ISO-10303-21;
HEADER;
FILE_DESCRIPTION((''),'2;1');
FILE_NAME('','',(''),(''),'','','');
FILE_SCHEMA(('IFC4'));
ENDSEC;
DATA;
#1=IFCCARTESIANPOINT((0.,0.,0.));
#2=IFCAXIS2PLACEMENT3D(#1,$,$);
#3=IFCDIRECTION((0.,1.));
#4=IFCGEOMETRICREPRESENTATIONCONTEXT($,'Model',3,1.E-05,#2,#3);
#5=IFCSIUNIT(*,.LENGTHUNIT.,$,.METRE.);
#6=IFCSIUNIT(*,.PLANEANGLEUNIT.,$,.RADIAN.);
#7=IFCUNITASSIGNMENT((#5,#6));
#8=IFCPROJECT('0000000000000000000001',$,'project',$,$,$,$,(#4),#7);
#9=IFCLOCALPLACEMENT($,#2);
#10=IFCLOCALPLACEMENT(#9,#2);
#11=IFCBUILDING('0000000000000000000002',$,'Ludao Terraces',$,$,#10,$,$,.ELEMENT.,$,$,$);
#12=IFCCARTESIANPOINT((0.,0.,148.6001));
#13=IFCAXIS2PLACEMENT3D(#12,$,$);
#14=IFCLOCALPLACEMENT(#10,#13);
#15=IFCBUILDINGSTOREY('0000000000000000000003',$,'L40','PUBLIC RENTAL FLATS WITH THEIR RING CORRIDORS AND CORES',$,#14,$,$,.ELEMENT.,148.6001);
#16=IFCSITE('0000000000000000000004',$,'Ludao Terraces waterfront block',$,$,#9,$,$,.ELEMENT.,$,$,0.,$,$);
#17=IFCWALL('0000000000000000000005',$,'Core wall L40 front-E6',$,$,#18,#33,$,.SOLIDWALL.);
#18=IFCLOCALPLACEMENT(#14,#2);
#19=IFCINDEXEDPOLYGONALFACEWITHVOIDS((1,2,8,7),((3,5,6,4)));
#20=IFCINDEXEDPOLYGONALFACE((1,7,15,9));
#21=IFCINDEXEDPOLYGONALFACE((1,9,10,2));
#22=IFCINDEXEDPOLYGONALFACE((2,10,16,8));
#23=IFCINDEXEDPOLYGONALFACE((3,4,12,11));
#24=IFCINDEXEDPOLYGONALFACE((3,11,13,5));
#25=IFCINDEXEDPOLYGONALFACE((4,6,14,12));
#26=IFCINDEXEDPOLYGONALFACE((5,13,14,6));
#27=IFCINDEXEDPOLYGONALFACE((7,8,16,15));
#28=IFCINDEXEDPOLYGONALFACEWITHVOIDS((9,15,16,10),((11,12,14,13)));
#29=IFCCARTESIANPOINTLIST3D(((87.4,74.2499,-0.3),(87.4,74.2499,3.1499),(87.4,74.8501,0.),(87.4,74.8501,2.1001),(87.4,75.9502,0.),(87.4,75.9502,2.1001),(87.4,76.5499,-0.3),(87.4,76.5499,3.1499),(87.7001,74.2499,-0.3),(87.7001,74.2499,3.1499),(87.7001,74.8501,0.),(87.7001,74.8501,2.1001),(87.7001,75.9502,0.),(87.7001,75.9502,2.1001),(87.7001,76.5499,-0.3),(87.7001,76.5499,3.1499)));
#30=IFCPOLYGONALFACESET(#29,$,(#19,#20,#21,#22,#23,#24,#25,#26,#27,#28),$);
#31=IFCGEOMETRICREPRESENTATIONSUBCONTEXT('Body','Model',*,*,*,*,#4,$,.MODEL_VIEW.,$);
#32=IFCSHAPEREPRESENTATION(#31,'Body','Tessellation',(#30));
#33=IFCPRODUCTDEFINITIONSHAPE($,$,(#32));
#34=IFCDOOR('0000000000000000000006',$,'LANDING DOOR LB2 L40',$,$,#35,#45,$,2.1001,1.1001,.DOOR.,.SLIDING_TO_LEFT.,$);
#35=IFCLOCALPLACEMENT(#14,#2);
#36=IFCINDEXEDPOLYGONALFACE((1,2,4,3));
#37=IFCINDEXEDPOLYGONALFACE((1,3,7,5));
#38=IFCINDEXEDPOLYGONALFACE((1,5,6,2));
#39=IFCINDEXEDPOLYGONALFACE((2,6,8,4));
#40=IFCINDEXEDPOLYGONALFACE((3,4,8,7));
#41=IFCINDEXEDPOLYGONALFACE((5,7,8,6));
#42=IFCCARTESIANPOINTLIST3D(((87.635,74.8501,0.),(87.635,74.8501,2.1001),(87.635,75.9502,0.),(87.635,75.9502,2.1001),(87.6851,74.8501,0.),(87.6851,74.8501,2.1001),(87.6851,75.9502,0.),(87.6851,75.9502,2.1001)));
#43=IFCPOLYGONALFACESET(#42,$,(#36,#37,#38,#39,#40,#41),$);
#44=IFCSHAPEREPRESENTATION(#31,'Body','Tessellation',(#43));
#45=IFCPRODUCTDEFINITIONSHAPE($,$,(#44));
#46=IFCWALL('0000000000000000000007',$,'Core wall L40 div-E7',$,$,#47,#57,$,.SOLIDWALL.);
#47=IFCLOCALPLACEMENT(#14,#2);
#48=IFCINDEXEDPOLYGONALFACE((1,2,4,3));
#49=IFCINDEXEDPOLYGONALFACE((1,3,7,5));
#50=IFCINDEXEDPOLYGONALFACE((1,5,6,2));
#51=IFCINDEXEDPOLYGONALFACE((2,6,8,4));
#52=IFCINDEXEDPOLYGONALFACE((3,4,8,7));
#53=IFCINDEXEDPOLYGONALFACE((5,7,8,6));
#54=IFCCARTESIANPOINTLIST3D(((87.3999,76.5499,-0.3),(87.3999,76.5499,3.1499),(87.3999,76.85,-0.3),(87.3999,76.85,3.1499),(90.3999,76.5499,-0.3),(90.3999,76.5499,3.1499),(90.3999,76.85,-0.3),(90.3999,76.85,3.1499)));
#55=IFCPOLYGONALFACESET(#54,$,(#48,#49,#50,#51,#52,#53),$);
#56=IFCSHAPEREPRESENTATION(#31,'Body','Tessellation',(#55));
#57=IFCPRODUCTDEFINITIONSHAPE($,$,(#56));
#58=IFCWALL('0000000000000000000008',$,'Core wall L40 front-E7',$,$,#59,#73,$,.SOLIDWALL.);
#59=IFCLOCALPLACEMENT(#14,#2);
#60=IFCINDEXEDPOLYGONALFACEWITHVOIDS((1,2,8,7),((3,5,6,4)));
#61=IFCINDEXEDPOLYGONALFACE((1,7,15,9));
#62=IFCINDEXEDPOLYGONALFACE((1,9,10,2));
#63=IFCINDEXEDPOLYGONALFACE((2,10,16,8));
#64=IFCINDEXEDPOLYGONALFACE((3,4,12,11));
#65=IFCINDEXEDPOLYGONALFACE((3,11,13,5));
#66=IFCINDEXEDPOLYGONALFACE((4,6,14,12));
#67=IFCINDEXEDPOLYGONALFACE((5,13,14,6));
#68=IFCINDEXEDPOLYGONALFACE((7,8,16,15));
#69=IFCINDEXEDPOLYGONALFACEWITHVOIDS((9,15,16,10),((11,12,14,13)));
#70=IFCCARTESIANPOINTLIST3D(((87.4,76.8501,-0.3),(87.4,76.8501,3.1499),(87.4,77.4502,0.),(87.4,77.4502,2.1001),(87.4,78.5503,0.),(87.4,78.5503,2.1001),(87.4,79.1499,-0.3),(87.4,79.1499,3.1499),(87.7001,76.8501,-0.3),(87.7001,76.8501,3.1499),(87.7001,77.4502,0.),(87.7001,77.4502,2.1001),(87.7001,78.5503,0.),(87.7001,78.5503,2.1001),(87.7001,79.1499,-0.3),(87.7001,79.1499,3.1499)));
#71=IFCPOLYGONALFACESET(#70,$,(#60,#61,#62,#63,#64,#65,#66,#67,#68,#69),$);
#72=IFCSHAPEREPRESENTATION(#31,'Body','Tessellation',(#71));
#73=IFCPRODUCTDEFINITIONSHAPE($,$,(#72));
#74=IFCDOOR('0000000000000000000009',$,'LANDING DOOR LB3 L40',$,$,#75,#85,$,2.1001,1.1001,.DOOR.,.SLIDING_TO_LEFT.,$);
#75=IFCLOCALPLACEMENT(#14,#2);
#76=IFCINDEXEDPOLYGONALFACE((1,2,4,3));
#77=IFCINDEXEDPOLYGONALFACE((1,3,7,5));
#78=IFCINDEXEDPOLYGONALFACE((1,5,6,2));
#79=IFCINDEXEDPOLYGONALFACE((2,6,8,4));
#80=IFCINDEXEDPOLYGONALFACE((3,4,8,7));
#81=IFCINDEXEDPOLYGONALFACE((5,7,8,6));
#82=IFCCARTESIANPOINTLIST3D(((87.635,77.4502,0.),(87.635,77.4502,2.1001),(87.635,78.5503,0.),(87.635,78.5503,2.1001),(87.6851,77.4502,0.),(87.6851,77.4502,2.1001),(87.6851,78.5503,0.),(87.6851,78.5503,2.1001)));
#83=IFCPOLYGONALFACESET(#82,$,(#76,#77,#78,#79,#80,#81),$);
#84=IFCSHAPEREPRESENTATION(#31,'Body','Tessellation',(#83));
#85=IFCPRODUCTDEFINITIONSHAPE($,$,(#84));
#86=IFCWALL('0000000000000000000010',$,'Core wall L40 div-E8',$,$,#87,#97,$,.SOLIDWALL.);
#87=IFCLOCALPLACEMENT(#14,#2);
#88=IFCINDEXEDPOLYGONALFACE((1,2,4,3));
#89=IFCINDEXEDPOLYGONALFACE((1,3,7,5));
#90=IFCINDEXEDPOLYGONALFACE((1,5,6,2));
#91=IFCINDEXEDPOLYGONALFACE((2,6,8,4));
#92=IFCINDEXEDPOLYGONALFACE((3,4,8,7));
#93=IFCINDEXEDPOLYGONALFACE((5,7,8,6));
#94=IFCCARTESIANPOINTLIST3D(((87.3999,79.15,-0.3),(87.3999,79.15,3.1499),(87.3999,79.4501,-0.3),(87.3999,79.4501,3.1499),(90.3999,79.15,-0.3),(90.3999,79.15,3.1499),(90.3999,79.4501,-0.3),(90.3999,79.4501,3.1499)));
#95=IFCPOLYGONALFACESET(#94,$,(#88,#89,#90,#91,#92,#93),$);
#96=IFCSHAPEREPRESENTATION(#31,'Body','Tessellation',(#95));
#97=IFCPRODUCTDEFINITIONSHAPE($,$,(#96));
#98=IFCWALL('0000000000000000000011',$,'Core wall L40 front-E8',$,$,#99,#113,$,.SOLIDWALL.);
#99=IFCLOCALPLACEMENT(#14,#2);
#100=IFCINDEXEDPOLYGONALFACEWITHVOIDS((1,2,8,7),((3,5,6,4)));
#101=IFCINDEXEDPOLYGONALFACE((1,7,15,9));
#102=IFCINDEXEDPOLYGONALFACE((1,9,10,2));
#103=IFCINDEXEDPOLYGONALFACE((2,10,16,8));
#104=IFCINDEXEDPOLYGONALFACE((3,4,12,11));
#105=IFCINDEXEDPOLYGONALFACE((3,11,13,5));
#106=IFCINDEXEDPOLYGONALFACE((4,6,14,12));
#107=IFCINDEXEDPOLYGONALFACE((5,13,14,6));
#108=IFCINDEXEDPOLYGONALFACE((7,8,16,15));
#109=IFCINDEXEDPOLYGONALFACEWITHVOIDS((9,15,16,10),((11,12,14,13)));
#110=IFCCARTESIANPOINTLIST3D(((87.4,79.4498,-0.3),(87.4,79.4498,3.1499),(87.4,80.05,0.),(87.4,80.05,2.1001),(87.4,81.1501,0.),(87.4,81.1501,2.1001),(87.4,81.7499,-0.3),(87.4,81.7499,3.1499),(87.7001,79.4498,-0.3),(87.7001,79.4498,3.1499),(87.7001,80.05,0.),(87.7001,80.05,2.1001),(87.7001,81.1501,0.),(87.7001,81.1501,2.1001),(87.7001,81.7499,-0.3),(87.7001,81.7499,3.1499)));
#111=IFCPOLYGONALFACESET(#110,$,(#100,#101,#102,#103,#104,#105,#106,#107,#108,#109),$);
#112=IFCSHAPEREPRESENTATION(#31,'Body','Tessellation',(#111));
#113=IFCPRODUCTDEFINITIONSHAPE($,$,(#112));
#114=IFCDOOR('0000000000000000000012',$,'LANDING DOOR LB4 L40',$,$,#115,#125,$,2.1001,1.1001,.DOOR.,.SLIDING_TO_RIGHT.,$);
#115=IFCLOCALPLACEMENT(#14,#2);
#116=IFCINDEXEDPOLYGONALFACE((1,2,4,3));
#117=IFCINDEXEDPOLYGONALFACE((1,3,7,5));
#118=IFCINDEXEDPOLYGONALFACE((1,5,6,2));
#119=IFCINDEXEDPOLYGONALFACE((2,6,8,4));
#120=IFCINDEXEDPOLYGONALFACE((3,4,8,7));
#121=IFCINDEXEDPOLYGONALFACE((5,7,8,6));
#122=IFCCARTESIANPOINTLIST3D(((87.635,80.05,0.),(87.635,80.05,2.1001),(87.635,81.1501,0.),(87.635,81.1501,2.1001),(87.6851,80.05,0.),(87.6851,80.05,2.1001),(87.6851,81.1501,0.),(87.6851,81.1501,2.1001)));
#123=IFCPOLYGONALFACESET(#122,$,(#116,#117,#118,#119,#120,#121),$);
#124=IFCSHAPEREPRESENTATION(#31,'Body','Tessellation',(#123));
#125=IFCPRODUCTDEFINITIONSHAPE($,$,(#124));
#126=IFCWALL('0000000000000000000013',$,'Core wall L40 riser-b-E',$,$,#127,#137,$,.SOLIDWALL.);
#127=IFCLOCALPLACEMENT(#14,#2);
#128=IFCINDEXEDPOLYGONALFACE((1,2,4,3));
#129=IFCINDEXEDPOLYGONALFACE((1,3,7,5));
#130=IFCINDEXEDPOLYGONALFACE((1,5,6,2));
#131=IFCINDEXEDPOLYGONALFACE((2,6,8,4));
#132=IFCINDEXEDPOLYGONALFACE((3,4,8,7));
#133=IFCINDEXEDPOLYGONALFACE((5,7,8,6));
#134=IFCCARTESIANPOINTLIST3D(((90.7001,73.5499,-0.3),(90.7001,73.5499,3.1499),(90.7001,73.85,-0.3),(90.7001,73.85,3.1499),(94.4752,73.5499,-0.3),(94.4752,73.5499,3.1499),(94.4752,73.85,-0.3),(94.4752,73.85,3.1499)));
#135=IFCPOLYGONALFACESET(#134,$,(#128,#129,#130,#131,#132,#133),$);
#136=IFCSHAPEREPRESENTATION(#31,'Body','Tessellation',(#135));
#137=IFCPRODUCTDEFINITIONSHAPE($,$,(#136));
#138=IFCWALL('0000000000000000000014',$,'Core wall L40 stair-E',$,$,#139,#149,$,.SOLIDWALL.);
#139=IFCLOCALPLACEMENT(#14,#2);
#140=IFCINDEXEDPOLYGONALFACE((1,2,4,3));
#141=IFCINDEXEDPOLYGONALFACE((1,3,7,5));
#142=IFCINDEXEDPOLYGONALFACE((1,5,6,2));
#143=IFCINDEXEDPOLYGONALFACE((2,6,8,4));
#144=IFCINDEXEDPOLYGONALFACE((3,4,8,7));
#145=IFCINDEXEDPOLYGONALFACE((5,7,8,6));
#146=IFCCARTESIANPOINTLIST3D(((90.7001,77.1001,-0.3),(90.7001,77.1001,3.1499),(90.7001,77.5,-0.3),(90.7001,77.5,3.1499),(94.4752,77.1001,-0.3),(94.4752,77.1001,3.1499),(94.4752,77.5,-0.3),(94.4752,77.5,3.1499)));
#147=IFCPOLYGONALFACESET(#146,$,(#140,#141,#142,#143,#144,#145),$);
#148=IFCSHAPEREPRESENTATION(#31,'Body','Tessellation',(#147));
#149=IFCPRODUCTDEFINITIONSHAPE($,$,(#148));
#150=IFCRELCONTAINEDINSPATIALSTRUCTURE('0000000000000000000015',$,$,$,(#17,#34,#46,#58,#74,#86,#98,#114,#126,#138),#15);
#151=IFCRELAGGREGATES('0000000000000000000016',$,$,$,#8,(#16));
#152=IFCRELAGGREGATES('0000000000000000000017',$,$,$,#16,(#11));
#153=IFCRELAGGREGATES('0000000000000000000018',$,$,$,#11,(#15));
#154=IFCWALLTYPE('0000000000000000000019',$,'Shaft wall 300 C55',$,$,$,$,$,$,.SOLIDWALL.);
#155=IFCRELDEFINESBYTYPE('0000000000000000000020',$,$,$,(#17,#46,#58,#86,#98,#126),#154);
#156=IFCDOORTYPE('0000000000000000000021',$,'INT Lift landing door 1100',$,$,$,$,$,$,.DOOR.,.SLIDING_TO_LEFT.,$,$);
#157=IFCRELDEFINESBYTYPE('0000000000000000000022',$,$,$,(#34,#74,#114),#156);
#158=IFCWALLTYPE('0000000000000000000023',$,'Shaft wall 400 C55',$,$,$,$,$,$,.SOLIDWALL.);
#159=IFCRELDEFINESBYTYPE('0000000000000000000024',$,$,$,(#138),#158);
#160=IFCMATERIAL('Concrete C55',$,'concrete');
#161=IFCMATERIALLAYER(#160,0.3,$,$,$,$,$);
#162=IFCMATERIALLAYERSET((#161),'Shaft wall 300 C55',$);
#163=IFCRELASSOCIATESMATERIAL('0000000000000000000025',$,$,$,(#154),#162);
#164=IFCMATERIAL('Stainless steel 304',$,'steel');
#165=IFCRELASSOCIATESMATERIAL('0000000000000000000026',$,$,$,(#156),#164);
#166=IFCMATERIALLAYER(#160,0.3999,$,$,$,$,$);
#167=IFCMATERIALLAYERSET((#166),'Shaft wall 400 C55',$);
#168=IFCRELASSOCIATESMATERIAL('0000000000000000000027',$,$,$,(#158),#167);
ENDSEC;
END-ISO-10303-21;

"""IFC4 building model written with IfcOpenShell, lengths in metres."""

from ifc_helpers import new_model, si_unit, direction, frame, frame_2d, origin, place, context, subcontext, project, spatial, rectangle, extrude, material, layer, layer_set, type_object, element, fill, save


model = new_model("IFC4")

# Units and contexts
model_context = context("Model", 3, precision=1e-05, world=origin(), true_north=direction((0.0, 1.0)))
body_context = subcontext(model_context, "Body", "Model", "MODEL_VIEW")
ifc_project = project(units=[si_unit("LENGTHUNIT", "METRE"), si_unit("PLANEANGLEUNIT", "RADIAN")], contexts=[model_context])

# Site, building, storey
site_placement = place(None, origin())
site = spatial("IfcSite", under=ifc_project, at=site_placement, Name="Ludao Terraces waterfront block", CompositionType="ELEMENT", RefElevation=0.0)
building_placement = place(site_placement, origin())
building = spatial("IfcBuilding", under=site, at=building_placement, Name="Ludao Terraces", CompositionType="ELEMENT")
storey_placement = place(building_placement, frame((0.0, 0.0, 148.6001)))
storey = spatial("IfcBuildingStorey", under=building, at=storey_placement, Name="L40", Description="PUBLIC RENTAL FLATS WITH THEIR RING CORRIDORS AND CORES", CompositionType="ELEMENT", Elevation=148.6001)

# Shared definitions
ifc_material_1 = material(Name="Concrete C55", Category="concrete")
ifc_layer_1 = layer(ifc_material_1, 0.3)
ifc_layer_set_1 = layer_set([ifc_layer_1], Name="Shaft wall 300 C55")
wall_type_1 = type_object("IfcWallType", Name="Shaft wall 300 C55", PredefinedType="SOLIDWALL", material=ifc_layer_set_1)

# Shared definitions
ifc_material_2 = material(Name="Stainless steel 304", Category="steel")
door_type_1 = type_object("IfcDoorType", Name="INT Lift landing door 1100", OperationType="SLIDING_TO_LEFT", PredefinedType="DOOR", material=ifc_material_2)

# Wall, opening, door
wall_1_placement = place(storey_placement, frame((87.55, 74.25, -0.3), z_axis=(0.0, 0.0, 1.0), x_axis=(0.0, 1.0, 0.0)))
wall_1 = element("IfcWall", 1, at=wall_1_placement, inside=storey, type_object=wall_type_1, Name="Core wall L40 front-E6", PredefinedType="SOLIDWALL", context=body_context, shape_type="SweptSolid", body=[
    extrude(rectangle(XDim=2.3, YDim=0.3, at=frame_2d((1.1499, 0.0))), origin(), (0.0, 0.0, 1.0), 3.45),
])
opening_1_placement = place(wall_1_placement, frame((0.6001, 0.0, 0.3)))
opening_1 = element("IfcOpeningElement", 2, at=opening_1_placement, cuts=wall_1, PredefinedType="OPENING", context=body_context, shape_type="SweptSolid", body=[
    extrude(rectangle(XDim=1.1001, YDim=2.1001, at=frame_2d((0.55, 1.05))), frame((0.0, 0.1602, 0.0), z_axis=(0.0, -1.0, 0.0), x_axis=(1.0, 0.0, 0.0)), (0.0, 0.0, 1.0), 0.3201),
])
door_1_placement = place(opening_1_placement, origin())
door_1 = element("IfcDoor", 3, at=door_1_placement, inside=storey, type_object=door_type_1, Name="LANDING DOOR LB2 L40", OperationType="SLIDING_TO_LEFT", OverallHeight=2.1001, OverallWidth=1.1001, PredefinedType="DOOR", context=body_context, shape_type="SweptSolid", body=[
    extrude(rectangle(XDim=1.1001, YDim=2.1001, at=frame_2d((0.55, 1.05))), frame((0.0, -0.085, 0.0), z_axis=(0.0, -1.0, 0.0), x_axis=(1.0, 0.0, 0.0)), (0.0, 0.0, 1.0), 0.05),
])
fill(opening_1, door_1)

# Wall
wall_2_placement = place(storey_placement, frame((87.3999, 76.7, -0.3), z_axis=(0.0, 0.0, 1.0), x_axis=(1.0, 0.0, 0.0)))
element("IfcWall", 4, at=wall_2_placement, inside=storey, type_object=wall_type_1, Name="Core wall L40 div-E7", PredefinedType="SOLIDWALL", context=body_context, shape_type="SweptSolid", body=[
    extrude(rectangle(XDim=3.0, YDim=0.3, at=frame_2d((1.5, 0.0))), origin(), (0.0, 0.0, 1.0), 3.45),
])

# Wall, opening, door
wall_3_placement = place(storey_placement, frame((87.55, 76.8501, -0.3), z_axis=(0.0, 0.0, 1.0), x_axis=(0.0, 1.0, 0.0)))
wall_3 = element("IfcWall", 5, at=wall_3_placement, inside=storey, type_object=wall_type_1, Name="Core wall L40 front-E7", PredefinedType="SOLIDWALL", context=body_context, shape_type="SweptSolid", body=[
    extrude(rectangle(XDim=2.2998, YDim=0.3, at=frame_2d((1.1499, 0.0))), origin(), (0.0, 0.0, 1.0), 3.45),
])
opening_2_placement = place(wall_3_placement, frame((0.6001, 0.0, 0.3)))
opening_2 = element("IfcOpeningElement", 6, at=opening_2_placement, cuts=wall_3, PredefinedType="OPENING", context=body_context, shape_type="SweptSolid", body=[
    extrude(rectangle(XDim=1.1001, YDim=2.1001, at=frame_2d((0.55, 1.05))), frame((0.0, 0.1602, 0.0), z_axis=(0.0, -1.0, 0.0), x_axis=(1.0, 0.0, 0.0)), (0.0, 0.0, 1.0), 0.3201),
])
door_2_placement = place(opening_2_placement, origin())
door_2 = element("IfcDoor", 7, at=door_2_placement, inside=storey, type_object=door_type_1, Name="LANDING DOOR LB3 L40", OperationType="SLIDING_TO_LEFT", OverallHeight=2.1001, OverallWidth=1.1001, PredefinedType="DOOR", context=body_context, shape_type="SweptSolid", body=[
    extrude(rectangle(XDim=1.1001, YDim=2.1001, at=frame_2d((0.55, 1.05))), frame((0.0, -0.085, 0.0), z_axis=(0.0, -1.0, 0.0), x_axis=(1.0, 0.0, 0.0)), (0.0, 0.0, 1.0), 0.05),
])
fill(opening_2, door_2)

# Wall
wall_4_placement = place(storey_placement, frame((87.3999, 79.3, -0.3), z_axis=(0.0, 0.0, 1.0), x_axis=(1.0, 0.0, 0.0)))
element("IfcWall", 8, at=wall_4_placement, inside=storey, type_object=wall_type_1, Name="Core wall L40 div-E8", PredefinedType="SOLIDWALL", context=body_context, shape_type="SweptSolid", body=[
    extrude(rectangle(XDim=3.0, YDim=0.3, at=frame_2d((1.5, 0.0))), origin(), (0.0, 0.0, 1.0), 3.45),
])

# Wall, opening, door
wall_5_placement = place(storey_placement, frame((87.55, 79.45, -0.3), z_axis=(0.0, 0.0, 1.0), x_axis=(0.0, 1.0, 0.0)))
wall_5 = element("IfcWall", 9, at=wall_5_placement, inside=storey, type_object=wall_type_1, Name="Core wall L40 front-E8", PredefinedType="SOLIDWALL", context=body_context, shape_type="SweptSolid", body=[
    extrude(rectangle(XDim=2.3, YDim=0.3, at=frame_2d((1.1499, 0.0))), origin(), (0.0, 0.0, 1.0), 3.45),
])
opening_3_placement = place(wall_5_placement, frame((0.6001, 0.0, 0.3)))
opening_3 = element("IfcOpeningElement", 10, at=opening_3_placement, cuts=wall_5, PredefinedType="OPENING", context=body_context, shape_type="SweptSolid", body=[
    extrude(rectangle(XDim=1.1001, YDim=2.1001, at=frame_2d((0.55, 1.05))), frame((0.0, 0.1602, 0.0), z_axis=(0.0, -1.0, 0.0), x_axis=(1.0, 0.0, 0.0)), (0.0, 0.0, 1.0), 0.3201),
])
door_3_placement = place(opening_3_placement, origin())
door_3 = element("IfcDoor", 11, at=door_3_placement, inside=storey, type_object=door_type_1, Name="LANDING DOOR LB4 L40", OperationType="SLIDING_TO_RIGHT", OverallHeight=2.1001, OverallWidth=1.1001, PredefinedType="DOOR", context=body_context, shape_type="SweptSolid", body=[
    extrude(rectangle(XDim=1.1001, YDim=2.1001, at=frame_2d((0.55, 1.05))), frame((0.0, -0.085, 0.0), z_axis=(0.0, -1.0, 0.0), x_axis=(1.0, 0.0, 0.0)), (0.0, 0.0, 1.0), 0.05),
])
fill(opening_3, door_3)

# Walls
wall_6_placement = place(storey_placement, frame((90.7, 73.7, -0.3), z_axis=(0.0, 0.0, 1.0), x_axis=(1.0, 0.0, 0.0)))
element("IfcWall", 12, at=wall_6_placement, inside=storey, type_object=wall_type_1, Name="Core wall L40 riser-b-E", PredefinedType="SOLIDWALL", context=body_context, shape_type="SweptSolid", body=[
    extrude(rectangle(XDim=3.7751, YDim=0.3, at=frame_2d((1.8877, 0.0))), origin(), (0.0, 0.0, 1.0), 3.45),
])
ifc_layer_2 = layer(ifc_material_1, 0.3999)
ifc_layer_set_2 = layer_set([ifc_layer_2], Name="Shaft wall 400 C55")
wall_type_2 = type_object("IfcWallType", Name="Shaft wall 400 C55", PredefinedType="SOLIDWALL", material=ifc_layer_set_2)
wall_7_placement = place(storey_placement, frame((90.7, 77.3, -0.3), z_axis=(0.0, 0.0, 1.0), x_axis=(1.0, 0.0, 0.0)))
element("IfcWall", 13, at=wall_7_placement, inside=storey, type_object=wall_type_2, Name="Core wall L40 stair-E", PredefinedType="SOLIDWALL", context=body_context, shape_type="SweptSolid", body=[
    extrude(rectangle(XDim=3.7751, YDim=0.3999, at=frame_2d((1.8877, 0.0))), origin(), (0.0, 0.0, 1.0), 3.45),
])

save(model, "model.ifc")
